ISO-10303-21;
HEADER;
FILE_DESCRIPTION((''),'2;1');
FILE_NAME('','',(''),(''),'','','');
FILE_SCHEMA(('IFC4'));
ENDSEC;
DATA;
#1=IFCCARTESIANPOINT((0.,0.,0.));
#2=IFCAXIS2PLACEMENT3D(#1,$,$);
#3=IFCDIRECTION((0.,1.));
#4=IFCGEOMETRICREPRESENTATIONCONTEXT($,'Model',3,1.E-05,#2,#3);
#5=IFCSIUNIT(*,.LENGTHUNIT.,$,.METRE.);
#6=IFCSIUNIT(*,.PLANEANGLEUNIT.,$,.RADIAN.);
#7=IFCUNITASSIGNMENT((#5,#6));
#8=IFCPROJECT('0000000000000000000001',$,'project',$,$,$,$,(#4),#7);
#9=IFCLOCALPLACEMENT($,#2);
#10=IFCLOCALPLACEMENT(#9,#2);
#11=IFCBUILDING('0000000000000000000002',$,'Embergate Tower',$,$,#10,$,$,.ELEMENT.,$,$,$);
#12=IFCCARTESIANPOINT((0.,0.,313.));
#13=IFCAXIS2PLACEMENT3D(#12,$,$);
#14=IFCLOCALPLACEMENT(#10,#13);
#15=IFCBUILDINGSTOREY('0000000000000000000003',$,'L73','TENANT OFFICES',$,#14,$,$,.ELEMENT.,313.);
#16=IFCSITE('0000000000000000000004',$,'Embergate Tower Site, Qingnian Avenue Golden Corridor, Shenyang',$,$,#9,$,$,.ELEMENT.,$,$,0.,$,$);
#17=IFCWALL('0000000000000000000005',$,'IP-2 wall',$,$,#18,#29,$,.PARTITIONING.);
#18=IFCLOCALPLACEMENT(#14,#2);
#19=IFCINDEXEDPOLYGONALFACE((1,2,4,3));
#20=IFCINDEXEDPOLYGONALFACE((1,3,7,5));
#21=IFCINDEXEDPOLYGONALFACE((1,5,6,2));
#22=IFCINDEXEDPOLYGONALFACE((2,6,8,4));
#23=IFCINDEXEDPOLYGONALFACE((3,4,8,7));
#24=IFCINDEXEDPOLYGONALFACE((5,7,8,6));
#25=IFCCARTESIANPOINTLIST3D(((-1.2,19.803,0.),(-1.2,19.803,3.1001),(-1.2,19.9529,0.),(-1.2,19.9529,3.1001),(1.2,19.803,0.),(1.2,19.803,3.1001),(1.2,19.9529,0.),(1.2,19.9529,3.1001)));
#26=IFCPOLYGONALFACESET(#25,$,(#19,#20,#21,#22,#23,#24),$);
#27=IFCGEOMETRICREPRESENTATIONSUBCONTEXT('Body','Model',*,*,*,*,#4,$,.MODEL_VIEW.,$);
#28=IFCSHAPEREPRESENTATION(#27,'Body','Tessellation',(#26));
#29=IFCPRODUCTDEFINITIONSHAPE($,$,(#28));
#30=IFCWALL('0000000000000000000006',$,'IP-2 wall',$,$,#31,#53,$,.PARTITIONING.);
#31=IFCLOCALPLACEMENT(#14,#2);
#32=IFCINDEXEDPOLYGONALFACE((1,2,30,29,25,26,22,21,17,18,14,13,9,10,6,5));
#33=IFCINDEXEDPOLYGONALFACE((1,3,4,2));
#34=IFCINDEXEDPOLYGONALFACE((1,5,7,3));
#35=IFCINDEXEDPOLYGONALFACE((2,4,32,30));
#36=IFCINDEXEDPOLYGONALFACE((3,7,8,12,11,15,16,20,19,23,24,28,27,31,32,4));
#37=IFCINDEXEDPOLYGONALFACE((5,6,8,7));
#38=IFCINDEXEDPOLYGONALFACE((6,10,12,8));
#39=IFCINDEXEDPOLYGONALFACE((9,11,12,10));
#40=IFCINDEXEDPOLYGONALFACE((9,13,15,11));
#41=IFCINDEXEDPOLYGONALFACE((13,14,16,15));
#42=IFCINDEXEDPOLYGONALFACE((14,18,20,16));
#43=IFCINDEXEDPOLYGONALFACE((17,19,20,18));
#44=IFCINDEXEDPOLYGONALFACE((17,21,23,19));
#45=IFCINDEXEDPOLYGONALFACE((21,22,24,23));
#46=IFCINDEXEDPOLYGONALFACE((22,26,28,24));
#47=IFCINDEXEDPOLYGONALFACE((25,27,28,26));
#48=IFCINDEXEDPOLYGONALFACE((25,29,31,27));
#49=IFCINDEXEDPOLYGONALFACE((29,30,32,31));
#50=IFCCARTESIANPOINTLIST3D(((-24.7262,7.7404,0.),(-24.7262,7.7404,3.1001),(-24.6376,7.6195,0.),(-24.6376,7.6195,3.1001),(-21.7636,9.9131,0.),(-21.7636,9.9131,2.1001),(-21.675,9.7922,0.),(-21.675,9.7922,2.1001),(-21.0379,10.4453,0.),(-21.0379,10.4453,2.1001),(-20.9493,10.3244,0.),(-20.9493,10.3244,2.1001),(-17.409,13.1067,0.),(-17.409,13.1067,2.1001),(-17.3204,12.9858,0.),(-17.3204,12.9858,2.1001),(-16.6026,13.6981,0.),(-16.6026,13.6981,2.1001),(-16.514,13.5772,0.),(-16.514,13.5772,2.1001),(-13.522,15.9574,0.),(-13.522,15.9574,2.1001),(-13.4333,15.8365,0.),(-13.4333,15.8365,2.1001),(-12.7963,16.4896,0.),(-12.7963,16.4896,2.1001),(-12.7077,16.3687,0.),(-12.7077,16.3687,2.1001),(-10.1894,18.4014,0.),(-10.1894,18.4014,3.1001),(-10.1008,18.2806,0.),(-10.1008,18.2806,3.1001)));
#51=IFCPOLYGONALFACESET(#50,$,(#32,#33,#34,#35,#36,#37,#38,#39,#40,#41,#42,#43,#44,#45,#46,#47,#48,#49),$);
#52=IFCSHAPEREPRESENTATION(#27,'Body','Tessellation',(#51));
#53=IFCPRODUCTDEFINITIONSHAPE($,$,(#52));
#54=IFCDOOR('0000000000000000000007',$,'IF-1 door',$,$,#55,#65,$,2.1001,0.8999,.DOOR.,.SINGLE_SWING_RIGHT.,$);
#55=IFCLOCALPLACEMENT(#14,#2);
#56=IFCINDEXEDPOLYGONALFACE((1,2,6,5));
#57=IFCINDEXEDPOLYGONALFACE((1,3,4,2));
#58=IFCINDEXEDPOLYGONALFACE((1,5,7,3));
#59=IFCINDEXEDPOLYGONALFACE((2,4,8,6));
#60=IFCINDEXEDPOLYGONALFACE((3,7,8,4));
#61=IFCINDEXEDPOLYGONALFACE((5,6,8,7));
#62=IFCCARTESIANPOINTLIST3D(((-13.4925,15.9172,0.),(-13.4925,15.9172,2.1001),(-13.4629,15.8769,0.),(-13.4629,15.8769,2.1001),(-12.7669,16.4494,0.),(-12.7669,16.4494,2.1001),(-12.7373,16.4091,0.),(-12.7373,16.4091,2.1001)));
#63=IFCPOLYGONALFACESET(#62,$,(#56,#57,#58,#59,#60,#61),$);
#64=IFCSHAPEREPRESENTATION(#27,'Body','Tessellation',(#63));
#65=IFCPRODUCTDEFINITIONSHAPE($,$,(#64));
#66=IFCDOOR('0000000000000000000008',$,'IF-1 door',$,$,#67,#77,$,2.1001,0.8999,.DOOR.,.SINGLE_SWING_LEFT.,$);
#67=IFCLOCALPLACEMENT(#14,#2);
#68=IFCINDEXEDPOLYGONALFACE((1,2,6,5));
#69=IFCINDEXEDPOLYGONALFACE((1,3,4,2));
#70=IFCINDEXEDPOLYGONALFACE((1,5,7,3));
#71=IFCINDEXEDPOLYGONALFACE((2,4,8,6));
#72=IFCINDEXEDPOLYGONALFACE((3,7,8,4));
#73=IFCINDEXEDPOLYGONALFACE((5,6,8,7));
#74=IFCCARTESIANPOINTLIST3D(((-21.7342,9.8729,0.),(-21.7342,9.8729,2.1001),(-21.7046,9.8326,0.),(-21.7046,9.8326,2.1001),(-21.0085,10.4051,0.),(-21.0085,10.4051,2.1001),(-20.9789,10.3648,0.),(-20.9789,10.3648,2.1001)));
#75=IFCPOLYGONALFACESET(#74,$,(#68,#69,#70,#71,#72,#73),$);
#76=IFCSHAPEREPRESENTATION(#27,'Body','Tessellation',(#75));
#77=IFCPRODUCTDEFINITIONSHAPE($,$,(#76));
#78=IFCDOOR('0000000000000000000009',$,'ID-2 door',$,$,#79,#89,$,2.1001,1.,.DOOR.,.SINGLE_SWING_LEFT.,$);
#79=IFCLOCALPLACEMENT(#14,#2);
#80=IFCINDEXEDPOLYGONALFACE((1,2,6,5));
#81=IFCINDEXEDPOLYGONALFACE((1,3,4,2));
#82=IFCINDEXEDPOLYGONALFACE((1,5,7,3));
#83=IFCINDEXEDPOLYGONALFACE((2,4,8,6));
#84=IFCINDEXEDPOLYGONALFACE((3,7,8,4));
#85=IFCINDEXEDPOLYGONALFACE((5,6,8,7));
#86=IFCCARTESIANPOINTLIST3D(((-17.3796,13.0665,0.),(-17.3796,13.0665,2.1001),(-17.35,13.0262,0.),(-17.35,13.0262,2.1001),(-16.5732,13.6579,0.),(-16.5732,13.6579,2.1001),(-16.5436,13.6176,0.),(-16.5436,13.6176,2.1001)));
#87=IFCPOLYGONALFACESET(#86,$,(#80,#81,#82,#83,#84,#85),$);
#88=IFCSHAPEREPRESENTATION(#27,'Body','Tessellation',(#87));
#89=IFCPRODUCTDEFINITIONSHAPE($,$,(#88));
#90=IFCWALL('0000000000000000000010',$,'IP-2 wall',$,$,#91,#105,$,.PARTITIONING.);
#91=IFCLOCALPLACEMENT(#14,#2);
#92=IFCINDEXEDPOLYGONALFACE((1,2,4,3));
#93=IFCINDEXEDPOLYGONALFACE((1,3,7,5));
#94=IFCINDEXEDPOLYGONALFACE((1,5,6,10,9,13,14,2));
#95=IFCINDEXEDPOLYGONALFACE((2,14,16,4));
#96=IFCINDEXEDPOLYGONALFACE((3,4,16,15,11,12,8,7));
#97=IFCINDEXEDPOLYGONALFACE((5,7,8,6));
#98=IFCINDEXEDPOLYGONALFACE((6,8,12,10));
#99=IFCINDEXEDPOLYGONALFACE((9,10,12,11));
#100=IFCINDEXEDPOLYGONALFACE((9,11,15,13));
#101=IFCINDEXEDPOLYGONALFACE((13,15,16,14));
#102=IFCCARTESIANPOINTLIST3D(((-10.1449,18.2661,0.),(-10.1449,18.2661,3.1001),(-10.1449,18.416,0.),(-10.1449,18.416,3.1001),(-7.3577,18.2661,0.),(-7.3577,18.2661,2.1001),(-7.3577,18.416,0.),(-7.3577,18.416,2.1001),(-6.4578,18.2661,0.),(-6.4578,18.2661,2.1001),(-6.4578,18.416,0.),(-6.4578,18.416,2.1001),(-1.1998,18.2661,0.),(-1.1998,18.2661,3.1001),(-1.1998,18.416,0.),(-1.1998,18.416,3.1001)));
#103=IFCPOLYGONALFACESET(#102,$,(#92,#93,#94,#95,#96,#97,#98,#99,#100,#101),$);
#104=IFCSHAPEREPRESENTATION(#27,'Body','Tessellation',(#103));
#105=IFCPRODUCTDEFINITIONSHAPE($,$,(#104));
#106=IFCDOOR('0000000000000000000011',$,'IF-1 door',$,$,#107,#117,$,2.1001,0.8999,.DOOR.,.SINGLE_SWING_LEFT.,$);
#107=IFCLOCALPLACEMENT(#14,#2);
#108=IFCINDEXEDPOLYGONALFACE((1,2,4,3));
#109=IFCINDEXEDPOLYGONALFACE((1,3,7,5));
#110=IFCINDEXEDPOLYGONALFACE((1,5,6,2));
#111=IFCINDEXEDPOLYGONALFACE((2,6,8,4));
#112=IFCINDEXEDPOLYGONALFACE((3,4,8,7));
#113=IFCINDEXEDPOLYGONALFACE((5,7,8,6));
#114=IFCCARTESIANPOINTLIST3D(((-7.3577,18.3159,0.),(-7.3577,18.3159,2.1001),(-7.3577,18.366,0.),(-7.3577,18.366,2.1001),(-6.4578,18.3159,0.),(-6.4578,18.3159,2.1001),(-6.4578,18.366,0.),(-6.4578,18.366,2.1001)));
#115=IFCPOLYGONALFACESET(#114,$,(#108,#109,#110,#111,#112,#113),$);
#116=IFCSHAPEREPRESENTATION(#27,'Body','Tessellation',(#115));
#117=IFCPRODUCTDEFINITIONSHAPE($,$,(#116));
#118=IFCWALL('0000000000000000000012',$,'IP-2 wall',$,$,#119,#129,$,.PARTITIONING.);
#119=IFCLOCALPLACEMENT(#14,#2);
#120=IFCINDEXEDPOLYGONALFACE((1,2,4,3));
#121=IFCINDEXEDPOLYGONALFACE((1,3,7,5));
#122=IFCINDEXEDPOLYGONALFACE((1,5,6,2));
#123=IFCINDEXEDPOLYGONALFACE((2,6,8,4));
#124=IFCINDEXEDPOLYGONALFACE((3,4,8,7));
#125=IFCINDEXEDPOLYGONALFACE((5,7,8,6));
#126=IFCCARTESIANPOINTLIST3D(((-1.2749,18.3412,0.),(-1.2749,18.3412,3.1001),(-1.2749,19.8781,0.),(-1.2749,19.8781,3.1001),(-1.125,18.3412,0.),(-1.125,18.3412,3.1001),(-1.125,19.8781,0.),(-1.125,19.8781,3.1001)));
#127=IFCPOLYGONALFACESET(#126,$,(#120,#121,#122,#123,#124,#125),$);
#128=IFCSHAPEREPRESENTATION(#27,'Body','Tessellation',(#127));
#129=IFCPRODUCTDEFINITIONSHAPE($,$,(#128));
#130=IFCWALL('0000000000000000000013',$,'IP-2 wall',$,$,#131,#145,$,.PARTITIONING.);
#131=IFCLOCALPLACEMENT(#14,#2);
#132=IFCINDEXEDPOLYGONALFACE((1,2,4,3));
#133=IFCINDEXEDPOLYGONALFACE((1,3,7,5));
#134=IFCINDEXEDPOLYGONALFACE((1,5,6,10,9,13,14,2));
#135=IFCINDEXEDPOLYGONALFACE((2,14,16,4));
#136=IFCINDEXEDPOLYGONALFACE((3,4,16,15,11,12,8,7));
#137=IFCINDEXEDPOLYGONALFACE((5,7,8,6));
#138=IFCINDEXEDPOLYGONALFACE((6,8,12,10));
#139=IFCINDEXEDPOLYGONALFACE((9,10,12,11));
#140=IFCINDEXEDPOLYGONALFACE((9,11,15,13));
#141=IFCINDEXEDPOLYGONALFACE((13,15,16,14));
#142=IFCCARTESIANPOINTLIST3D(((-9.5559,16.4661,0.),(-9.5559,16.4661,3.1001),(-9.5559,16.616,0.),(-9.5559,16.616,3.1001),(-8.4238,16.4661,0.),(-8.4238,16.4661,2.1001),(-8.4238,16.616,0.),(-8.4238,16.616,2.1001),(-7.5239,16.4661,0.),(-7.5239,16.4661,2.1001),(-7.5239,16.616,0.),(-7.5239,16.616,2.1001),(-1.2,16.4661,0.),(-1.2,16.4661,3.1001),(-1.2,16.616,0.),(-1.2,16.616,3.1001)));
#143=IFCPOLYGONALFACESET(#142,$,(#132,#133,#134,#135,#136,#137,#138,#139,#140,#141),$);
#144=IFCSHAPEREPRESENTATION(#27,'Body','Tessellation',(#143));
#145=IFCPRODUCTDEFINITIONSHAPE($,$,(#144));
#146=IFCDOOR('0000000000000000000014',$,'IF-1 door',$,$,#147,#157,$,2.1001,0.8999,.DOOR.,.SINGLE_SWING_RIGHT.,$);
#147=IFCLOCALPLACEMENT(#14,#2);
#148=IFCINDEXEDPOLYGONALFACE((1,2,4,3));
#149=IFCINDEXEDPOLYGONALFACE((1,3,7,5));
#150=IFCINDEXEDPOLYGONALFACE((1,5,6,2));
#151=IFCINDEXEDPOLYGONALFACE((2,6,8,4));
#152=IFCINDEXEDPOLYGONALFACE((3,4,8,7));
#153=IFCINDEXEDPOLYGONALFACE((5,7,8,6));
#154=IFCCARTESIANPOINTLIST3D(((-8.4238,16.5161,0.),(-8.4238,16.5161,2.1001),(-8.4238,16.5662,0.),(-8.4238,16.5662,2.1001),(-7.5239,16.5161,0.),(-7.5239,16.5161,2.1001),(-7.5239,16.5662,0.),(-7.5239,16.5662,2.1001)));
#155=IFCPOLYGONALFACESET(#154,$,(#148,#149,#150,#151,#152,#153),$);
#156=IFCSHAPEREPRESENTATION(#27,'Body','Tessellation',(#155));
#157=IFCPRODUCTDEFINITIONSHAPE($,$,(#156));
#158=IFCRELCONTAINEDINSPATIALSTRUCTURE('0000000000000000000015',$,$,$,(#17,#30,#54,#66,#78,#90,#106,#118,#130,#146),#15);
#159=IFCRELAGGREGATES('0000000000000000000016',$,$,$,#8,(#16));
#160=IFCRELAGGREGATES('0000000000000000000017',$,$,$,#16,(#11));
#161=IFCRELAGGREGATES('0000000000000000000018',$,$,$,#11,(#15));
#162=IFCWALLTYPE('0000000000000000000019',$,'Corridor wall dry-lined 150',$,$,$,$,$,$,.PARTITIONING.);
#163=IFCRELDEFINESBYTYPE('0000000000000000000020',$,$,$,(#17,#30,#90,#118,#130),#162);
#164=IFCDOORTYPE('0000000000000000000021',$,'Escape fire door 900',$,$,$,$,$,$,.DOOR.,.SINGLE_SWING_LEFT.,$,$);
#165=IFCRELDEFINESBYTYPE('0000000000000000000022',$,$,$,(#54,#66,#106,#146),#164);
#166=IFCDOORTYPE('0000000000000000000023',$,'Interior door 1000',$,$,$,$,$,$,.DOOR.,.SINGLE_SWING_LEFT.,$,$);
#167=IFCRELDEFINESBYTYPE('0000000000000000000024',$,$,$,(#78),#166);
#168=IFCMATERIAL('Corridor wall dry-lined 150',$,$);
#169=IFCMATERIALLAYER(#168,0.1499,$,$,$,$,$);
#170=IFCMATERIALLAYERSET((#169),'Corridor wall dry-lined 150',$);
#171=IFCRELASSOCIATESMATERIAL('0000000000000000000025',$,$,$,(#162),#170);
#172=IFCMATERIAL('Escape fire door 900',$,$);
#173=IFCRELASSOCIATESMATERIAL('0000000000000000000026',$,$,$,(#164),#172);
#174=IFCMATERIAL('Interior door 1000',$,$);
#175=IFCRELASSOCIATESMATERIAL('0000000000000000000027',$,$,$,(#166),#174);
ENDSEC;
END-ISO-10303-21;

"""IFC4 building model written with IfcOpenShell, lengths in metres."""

from ifc_helpers import new_model, si_unit, direction, frame, frame_2d, origin, place, context, subcontext, project, spatial, rectangle, extrude, source, transform, mapped, material, layer, layer_set, type_object, element, fill, save


model = new_model("IFC4")

# Units and contexts
model_context = context("Model", 3, precision=1e-05, world=origin(), true_north=direction((0.0, 1.0)))
body_context = subcontext(model_context, "Body", "Model", "MODEL_VIEW")
ifc_project = project(units=[si_unit("LENGTHUNIT", "METRE"), si_unit("PLANEANGLEUNIT", "RADIAN")], contexts=[model_context])

# Site, building, storey
site_placement = place(None, origin())
site = spatial("IfcSite", under=ifc_project, at=site_placement, Name="Embergate Tower Site, Qingnian Avenue Golden Corridor, Shenyang", CompositionType="ELEMENT", RefElevation=0.0)
building_placement = place(site_placement, origin())
building = spatial("IfcBuilding", under=site, at=building_placement, Name="Embergate Tower", CompositionType="ELEMENT")
storey_placement = place(building_placement, frame((0.0, 0.0, 313.0)))
storey = spatial("IfcBuildingStorey", under=building, at=storey_placement, Name="L73", Description="TENANT OFFICES", CompositionType="ELEMENT", Elevation=313.0)

# Wall
ifc_material_1 = material(Name="Corridor wall dry-lined 150")
ifc_layer_1 = layer(ifc_material_1, 0.1499)
ifc_layer_set_1 = layer_set([ifc_layer_1], Name="Corridor wall dry-lined 150")
wall_type_1 = type_object("IfcWallType", Name="Corridor wall dry-lined 150", PredefinedType="PARTITIONING", material=ifc_layer_set_1)
shared_shape_1 = source(origin(), body_context, "Body", "SweptSolid", [
    extrude(rectangle(XDim=2.3999, YDim=0.1499, at=frame_2d((1.2, 0.0))), origin(), (0.0, 0.0, 1.0), 3.1001),
])
wall_1_placement = place(storey_placement, frame((-1.2, 19.8779, 0.0), z_axis=(0.0, 0.0, 1.0), x_axis=(1.0, 0.0, 0.0)))
element("IfcWall", 1, at=wall_1_placement, inside=storey, type_object=wall_type_1, Name="IP-2 wall", PredefinedType="PARTITIONING", context=body_context, shape_type="MappedRepresentation", body=[
    mapped(shared_shape_1, transform((0.0, 0.0, 0.0))),
])

# Wall, openings, doors
shared_shape_2 = source(origin(), body_context, "Body", "SweptSolid", [
    extrude(rectangle(XDim=18.0271, YDim=0.1499, at=frame_2d((9.0137, 0.0))), origin(), (0.0, 0.0, 1.0), 3.1001),
])
wall_2_placement = place(storey_placement, frame((-10.145, 18.3411, 0.0), z_axis=(0.0, 0.0, 1.0), x_axis=(-0.806385, -0.591391, 0.0)))
wall_2 = element("IfcWall", 2, at=wall_2_placement, inside=storey, type_object=wall_type_1, Name="IP-2 wall", PredefinedType="PARTITIONING", context=body_context, shape_type="MappedRepresentation", body=[
    mapped(shared_shape_2, transform((0.0, 0.0, 0.0))),
])
shared_shape_3 = source(origin(), body_context, "Body", "SweptSolid", [
    extrude(rectangle(XDim=0.8999, YDim=2.1001, at=frame_2d((0.45, 1.05))), frame((0.0, 0.085, 0.0), z_axis=(0.0, -1.0, 0.0), x_axis=(1.0, 0.0, 0.0)), (0.0, 0.0, 1.0), 0.1699),
])
opening_1_placement = place(wall_2_placement, frame((3.2329, 0.0, 0.0)))
opening_1 = element("IfcOpeningElement", 3, at=opening_1_placement, cuts=wall_2, PredefinedType="OPENING", context=body_context, shape_type="MappedRepresentation", body=[
    mapped(shared_shape_3, transform((0.0, 0.0, 0.0))),
])
shared_shape_4 = source(origin(), body_context, "Body", "SweptSolid", [
    extrude(rectangle(XDim=1.0, YDim=2.1001, at=frame_2d((0.5, 1.05))), frame((0.0, 0.085, 0.0), z_axis=(0.0, -1.0, 0.0), x_axis=(1.0, 0.0, 0.0)), (0.0, 0.0, 1.0), 0.1699),
])
opening_2_placement = place(wall_2_placement, frame((7.9531, 0.0, 0.0)))
opening_2 = element("IfcOpeningElement", 4, at=opening_2_placement, cuts=wall_2, PredefinedType="OPENING", context=body_context, shape_type="MappedRepresentation", body=[
    mapped(shared_shape_4, transform((0.0, 0.0, 0.0))),
])
opening_3_placement = place(wall_2_placement, frame((13.4534, 0.0, 0.0)))
opening_3 = element("IfcOpeningElement", 5, at=opening_3_placement, cuts=wall_2, PredefinedType="OPENING", context=body_context, shape_type="MappedRepresentation", body=[
    mapped(shared_shape_3, transform((0.0, 0.0, 0.0))),
])
ifc_material_2 = material(Name="Escape fire door 900")
door_type_1 = type_object("IfcDoorType", Name="Escape fire door 900", OperationType="SINGLE_SWING_LEFT", PredefinedType="DOOR", material=ifc_material_2)
shared_shape_5 = source(origin(), body_context, "Body", "SweptSolid", [
    extrude(rectangle(XDim=0.8999, YDim=2.1001, at=frame_2d((0.45, 1.05))), frame((0.0, 0.0249, 0.0), z_axis=(0.0, -1.0, 0.0), x_axis=(1.0, 0.0, 0.0)), (0.0, 0.0, 1.0), 0.05),
])
door_1_placement = place(opening_1_placement, origin())
door_1 = element("IfcDoor", 6, at=door_1_placement, inside=storey, type_object=door_type_1, Name="IF-1 door", OperationType="SINGLE_SWING_RIGHT", OverallHeight=2.1001, OverallWidth=0.8999, PredefinedType="DOOR", context=body_context, shape_type="MappedRepresentation", body=[
    mapped(shared_shape_5, transform((0.0, 0.0, 0.0))),
])
fill(opening_1, door_1)
door_2_placement = place(opening_3_placement, origin())
door_2 = element("IfcDoor", 7, at=door_2_placement, inside=storey, type_object=door_type_1, Name="IF-1 door", OperationType="SINGLE_SWING_LEFT", OverallHeight=2.1001, OverallWidth=0.8999, PredefinedType="DOOR", context=body_context, shape_type="MappedRepresentation", body=[
    mapped(shared_shape_5, transform((0.0, 0.0, 0.0))),
])
fill(opening_3, door_2)
ifc_material_3 = material(Name="Interior door 1000")
door_type_2 = type_object("IfcDoorType", Name="Interior door 1000", OperationType="SINGLE_SWING_LEFT", PredefinedType="DOOR", material=ifc_material_3)
shared_shape_6 = source(origin(), body_context, "Body", "SweptSolid", [
    extrude(rectangle(XDim=1.0, YDim=2.1001, at=frame_2d((0.5, 1.05))), frame((0.0, 0.0249, 0.0), z_axis=(0.0, -1.0, 0.0), x_axis=(1.0, 0.0, 0.0)), (0.0, 0.0, 1.0), 0.05),
])
door_3_placement = place(opening_2_placement, origin())
door_3 = element("IfcDoor", 8, at=door_3_placement, inside=storey, type_object=door_type_2, Name="ID-2 door", OperationType="SINGLE_SWING_LEFT", OverallHeight=2.1001, OverallWidth=1.0, PredefinedType="DOOR", context=body_context, shape_type="MappedRepresentation", body=[
    mapped(shared_shape_6, transform((0.0, 0.0, 0.0))),
])
fill(opening_2, door_3)

# Wall, opening, door
shared_shape_7 = source(origin(), body_context, "Body", "SweptSolid", [
    extrude(rectangle(XDim=8.9451, YDim=0.1499, at=frame_2d((4.4727, 0.0))), origin(), (0.0, 0.0, 1.0), 3.1001),
])
wall_3_placement = place(storey_placement, frame((-10.145, 18.3411, 0.0), z_axis=(0.0, 0.0, 1.0), x_axis=(1.0, 0.0, 0.0)))
wall_3 = element("IfcWall", 9, at=wall_3_placement, inside=storey, type_object=wall_type_1, Name="IP-2 wall", PredefinedType="PARTITIONING", context=body_context, shape_type="MappedRepresentation", body=[
    mapped(shared_shape_7, transform((0.0, 0.0, 0.0))),
])
opening_4_placement = place(wall_3_placement, frame((2.7874, 0.0, 0.0)))
opening_4 = element("IfcOpeningElement", 10, at=opening_4_placement, cuts=wall_3, PredefinedType="OPENING", context=body_context, shape_type="MappedRepresentation", body=[
    mapped(shared_shape_3, transform((0.0, 0.0, 0.0))),
])
door_4_placement = place(opening_4_placement, origin())
door_4 = element("IfcDoor", 11, at=door_4_placement, inside=storey, type_object=door_type_1, Name="IF-1 door", OperationType="SINGLE_SWING_LEFT", OverallHeight=2.1001, OverallWidth=0.8999, PredefinedType="DOOR", context=body_context, shape_type="MappedRepresentation", body=[
    mapped(shared_shape_5, transform((0.0, 0.0, 0.0))),
])
fill(opening_4, door_4)

# Wall
shared_shape_8 = source(origin(), body_context, "Body", "SweptSolid", [
    extrude(rectangle(XDim=1.5369, YDim=0.1499, at=frame_2d((0.7686, 0.0))), origin(), (0.0, 0.0, 1.0), 3.1001),
])
wall_4_placement = place(storey_placement, frame((-1.2, 18.3411, 0.0), z_axis=(0.0, 0.0, 1.0), x_axis=(0.0, 1.0, 0.0)))
element("IfcWall", 12, at=wall_4_placement, inside=storey, type_object=wall_type_1, Name="IP-2 wall", PredefinedType="PARTITIONING", context=body_context, shape_type="MappedRepresentation", body=[
    mapped(shared_shape_8, transform((0.0, 0.0, 0.0))),
])

# Wall, opening, door
shared_shape_9 = source(origin(), body_context, "Body", "SweptSolid", [
    extrude(rectangle(XDim=8.356, YDim=0.1499, at=frame_2d((4.178, 0.0))), origin(), (0.0, 0.0, 1.0), 3.1001),
])
wall_5_placement = place(storey_placement, frame((-1.2, 16.541, 0.0), z_axis=(0.0, 0.0, 1.0), x_axis=(-1.0, 0.0, 0.0)))
wall_5 = element("IfcWall", 13, at=wall_5_placement, inside=storey, type_object=wall_type_1, Name="IP-2 wall", PredefinedType="PARTITIONING", context=body_context, shape_type="MappedRepresentation", body=[
    mapped(shared_shape_9, transform((0.0, 0.0, 0.0))),
])
opening_5_placement = place(wall_5_placement, frame((6.324, 0.0, 0.0)))
opening_5 = element("IfcOpeningElement", 14, at=opening_5_placement, cuts=wall_5, PredefinedType="OPENING", context=body_context, shape_type="MappedRepresentation", body=[
    mapped(shared_shape_3, transform((0.0, 0.0, 0.0))),
])
door_5_placement = place(opening_5_placement, origin())
door_5 = element("IfcDoor", 15, at=door_5_placement, inside=storey, type_object=door_type_1, Name="IF-1 door", OperationType="SINGLE_SWING_RIGHT", OverallHeight=2.1001, OverallWidth=0.8999, PredefinedType="DOOR", context=body_context, shape_type="MappedRepresentation", body=[
    mapped(shared_shape_5, transform((0.0, 0.0, 0.0))),
])
fill(opening_5, door_5)

save(model, "model.ifc")
